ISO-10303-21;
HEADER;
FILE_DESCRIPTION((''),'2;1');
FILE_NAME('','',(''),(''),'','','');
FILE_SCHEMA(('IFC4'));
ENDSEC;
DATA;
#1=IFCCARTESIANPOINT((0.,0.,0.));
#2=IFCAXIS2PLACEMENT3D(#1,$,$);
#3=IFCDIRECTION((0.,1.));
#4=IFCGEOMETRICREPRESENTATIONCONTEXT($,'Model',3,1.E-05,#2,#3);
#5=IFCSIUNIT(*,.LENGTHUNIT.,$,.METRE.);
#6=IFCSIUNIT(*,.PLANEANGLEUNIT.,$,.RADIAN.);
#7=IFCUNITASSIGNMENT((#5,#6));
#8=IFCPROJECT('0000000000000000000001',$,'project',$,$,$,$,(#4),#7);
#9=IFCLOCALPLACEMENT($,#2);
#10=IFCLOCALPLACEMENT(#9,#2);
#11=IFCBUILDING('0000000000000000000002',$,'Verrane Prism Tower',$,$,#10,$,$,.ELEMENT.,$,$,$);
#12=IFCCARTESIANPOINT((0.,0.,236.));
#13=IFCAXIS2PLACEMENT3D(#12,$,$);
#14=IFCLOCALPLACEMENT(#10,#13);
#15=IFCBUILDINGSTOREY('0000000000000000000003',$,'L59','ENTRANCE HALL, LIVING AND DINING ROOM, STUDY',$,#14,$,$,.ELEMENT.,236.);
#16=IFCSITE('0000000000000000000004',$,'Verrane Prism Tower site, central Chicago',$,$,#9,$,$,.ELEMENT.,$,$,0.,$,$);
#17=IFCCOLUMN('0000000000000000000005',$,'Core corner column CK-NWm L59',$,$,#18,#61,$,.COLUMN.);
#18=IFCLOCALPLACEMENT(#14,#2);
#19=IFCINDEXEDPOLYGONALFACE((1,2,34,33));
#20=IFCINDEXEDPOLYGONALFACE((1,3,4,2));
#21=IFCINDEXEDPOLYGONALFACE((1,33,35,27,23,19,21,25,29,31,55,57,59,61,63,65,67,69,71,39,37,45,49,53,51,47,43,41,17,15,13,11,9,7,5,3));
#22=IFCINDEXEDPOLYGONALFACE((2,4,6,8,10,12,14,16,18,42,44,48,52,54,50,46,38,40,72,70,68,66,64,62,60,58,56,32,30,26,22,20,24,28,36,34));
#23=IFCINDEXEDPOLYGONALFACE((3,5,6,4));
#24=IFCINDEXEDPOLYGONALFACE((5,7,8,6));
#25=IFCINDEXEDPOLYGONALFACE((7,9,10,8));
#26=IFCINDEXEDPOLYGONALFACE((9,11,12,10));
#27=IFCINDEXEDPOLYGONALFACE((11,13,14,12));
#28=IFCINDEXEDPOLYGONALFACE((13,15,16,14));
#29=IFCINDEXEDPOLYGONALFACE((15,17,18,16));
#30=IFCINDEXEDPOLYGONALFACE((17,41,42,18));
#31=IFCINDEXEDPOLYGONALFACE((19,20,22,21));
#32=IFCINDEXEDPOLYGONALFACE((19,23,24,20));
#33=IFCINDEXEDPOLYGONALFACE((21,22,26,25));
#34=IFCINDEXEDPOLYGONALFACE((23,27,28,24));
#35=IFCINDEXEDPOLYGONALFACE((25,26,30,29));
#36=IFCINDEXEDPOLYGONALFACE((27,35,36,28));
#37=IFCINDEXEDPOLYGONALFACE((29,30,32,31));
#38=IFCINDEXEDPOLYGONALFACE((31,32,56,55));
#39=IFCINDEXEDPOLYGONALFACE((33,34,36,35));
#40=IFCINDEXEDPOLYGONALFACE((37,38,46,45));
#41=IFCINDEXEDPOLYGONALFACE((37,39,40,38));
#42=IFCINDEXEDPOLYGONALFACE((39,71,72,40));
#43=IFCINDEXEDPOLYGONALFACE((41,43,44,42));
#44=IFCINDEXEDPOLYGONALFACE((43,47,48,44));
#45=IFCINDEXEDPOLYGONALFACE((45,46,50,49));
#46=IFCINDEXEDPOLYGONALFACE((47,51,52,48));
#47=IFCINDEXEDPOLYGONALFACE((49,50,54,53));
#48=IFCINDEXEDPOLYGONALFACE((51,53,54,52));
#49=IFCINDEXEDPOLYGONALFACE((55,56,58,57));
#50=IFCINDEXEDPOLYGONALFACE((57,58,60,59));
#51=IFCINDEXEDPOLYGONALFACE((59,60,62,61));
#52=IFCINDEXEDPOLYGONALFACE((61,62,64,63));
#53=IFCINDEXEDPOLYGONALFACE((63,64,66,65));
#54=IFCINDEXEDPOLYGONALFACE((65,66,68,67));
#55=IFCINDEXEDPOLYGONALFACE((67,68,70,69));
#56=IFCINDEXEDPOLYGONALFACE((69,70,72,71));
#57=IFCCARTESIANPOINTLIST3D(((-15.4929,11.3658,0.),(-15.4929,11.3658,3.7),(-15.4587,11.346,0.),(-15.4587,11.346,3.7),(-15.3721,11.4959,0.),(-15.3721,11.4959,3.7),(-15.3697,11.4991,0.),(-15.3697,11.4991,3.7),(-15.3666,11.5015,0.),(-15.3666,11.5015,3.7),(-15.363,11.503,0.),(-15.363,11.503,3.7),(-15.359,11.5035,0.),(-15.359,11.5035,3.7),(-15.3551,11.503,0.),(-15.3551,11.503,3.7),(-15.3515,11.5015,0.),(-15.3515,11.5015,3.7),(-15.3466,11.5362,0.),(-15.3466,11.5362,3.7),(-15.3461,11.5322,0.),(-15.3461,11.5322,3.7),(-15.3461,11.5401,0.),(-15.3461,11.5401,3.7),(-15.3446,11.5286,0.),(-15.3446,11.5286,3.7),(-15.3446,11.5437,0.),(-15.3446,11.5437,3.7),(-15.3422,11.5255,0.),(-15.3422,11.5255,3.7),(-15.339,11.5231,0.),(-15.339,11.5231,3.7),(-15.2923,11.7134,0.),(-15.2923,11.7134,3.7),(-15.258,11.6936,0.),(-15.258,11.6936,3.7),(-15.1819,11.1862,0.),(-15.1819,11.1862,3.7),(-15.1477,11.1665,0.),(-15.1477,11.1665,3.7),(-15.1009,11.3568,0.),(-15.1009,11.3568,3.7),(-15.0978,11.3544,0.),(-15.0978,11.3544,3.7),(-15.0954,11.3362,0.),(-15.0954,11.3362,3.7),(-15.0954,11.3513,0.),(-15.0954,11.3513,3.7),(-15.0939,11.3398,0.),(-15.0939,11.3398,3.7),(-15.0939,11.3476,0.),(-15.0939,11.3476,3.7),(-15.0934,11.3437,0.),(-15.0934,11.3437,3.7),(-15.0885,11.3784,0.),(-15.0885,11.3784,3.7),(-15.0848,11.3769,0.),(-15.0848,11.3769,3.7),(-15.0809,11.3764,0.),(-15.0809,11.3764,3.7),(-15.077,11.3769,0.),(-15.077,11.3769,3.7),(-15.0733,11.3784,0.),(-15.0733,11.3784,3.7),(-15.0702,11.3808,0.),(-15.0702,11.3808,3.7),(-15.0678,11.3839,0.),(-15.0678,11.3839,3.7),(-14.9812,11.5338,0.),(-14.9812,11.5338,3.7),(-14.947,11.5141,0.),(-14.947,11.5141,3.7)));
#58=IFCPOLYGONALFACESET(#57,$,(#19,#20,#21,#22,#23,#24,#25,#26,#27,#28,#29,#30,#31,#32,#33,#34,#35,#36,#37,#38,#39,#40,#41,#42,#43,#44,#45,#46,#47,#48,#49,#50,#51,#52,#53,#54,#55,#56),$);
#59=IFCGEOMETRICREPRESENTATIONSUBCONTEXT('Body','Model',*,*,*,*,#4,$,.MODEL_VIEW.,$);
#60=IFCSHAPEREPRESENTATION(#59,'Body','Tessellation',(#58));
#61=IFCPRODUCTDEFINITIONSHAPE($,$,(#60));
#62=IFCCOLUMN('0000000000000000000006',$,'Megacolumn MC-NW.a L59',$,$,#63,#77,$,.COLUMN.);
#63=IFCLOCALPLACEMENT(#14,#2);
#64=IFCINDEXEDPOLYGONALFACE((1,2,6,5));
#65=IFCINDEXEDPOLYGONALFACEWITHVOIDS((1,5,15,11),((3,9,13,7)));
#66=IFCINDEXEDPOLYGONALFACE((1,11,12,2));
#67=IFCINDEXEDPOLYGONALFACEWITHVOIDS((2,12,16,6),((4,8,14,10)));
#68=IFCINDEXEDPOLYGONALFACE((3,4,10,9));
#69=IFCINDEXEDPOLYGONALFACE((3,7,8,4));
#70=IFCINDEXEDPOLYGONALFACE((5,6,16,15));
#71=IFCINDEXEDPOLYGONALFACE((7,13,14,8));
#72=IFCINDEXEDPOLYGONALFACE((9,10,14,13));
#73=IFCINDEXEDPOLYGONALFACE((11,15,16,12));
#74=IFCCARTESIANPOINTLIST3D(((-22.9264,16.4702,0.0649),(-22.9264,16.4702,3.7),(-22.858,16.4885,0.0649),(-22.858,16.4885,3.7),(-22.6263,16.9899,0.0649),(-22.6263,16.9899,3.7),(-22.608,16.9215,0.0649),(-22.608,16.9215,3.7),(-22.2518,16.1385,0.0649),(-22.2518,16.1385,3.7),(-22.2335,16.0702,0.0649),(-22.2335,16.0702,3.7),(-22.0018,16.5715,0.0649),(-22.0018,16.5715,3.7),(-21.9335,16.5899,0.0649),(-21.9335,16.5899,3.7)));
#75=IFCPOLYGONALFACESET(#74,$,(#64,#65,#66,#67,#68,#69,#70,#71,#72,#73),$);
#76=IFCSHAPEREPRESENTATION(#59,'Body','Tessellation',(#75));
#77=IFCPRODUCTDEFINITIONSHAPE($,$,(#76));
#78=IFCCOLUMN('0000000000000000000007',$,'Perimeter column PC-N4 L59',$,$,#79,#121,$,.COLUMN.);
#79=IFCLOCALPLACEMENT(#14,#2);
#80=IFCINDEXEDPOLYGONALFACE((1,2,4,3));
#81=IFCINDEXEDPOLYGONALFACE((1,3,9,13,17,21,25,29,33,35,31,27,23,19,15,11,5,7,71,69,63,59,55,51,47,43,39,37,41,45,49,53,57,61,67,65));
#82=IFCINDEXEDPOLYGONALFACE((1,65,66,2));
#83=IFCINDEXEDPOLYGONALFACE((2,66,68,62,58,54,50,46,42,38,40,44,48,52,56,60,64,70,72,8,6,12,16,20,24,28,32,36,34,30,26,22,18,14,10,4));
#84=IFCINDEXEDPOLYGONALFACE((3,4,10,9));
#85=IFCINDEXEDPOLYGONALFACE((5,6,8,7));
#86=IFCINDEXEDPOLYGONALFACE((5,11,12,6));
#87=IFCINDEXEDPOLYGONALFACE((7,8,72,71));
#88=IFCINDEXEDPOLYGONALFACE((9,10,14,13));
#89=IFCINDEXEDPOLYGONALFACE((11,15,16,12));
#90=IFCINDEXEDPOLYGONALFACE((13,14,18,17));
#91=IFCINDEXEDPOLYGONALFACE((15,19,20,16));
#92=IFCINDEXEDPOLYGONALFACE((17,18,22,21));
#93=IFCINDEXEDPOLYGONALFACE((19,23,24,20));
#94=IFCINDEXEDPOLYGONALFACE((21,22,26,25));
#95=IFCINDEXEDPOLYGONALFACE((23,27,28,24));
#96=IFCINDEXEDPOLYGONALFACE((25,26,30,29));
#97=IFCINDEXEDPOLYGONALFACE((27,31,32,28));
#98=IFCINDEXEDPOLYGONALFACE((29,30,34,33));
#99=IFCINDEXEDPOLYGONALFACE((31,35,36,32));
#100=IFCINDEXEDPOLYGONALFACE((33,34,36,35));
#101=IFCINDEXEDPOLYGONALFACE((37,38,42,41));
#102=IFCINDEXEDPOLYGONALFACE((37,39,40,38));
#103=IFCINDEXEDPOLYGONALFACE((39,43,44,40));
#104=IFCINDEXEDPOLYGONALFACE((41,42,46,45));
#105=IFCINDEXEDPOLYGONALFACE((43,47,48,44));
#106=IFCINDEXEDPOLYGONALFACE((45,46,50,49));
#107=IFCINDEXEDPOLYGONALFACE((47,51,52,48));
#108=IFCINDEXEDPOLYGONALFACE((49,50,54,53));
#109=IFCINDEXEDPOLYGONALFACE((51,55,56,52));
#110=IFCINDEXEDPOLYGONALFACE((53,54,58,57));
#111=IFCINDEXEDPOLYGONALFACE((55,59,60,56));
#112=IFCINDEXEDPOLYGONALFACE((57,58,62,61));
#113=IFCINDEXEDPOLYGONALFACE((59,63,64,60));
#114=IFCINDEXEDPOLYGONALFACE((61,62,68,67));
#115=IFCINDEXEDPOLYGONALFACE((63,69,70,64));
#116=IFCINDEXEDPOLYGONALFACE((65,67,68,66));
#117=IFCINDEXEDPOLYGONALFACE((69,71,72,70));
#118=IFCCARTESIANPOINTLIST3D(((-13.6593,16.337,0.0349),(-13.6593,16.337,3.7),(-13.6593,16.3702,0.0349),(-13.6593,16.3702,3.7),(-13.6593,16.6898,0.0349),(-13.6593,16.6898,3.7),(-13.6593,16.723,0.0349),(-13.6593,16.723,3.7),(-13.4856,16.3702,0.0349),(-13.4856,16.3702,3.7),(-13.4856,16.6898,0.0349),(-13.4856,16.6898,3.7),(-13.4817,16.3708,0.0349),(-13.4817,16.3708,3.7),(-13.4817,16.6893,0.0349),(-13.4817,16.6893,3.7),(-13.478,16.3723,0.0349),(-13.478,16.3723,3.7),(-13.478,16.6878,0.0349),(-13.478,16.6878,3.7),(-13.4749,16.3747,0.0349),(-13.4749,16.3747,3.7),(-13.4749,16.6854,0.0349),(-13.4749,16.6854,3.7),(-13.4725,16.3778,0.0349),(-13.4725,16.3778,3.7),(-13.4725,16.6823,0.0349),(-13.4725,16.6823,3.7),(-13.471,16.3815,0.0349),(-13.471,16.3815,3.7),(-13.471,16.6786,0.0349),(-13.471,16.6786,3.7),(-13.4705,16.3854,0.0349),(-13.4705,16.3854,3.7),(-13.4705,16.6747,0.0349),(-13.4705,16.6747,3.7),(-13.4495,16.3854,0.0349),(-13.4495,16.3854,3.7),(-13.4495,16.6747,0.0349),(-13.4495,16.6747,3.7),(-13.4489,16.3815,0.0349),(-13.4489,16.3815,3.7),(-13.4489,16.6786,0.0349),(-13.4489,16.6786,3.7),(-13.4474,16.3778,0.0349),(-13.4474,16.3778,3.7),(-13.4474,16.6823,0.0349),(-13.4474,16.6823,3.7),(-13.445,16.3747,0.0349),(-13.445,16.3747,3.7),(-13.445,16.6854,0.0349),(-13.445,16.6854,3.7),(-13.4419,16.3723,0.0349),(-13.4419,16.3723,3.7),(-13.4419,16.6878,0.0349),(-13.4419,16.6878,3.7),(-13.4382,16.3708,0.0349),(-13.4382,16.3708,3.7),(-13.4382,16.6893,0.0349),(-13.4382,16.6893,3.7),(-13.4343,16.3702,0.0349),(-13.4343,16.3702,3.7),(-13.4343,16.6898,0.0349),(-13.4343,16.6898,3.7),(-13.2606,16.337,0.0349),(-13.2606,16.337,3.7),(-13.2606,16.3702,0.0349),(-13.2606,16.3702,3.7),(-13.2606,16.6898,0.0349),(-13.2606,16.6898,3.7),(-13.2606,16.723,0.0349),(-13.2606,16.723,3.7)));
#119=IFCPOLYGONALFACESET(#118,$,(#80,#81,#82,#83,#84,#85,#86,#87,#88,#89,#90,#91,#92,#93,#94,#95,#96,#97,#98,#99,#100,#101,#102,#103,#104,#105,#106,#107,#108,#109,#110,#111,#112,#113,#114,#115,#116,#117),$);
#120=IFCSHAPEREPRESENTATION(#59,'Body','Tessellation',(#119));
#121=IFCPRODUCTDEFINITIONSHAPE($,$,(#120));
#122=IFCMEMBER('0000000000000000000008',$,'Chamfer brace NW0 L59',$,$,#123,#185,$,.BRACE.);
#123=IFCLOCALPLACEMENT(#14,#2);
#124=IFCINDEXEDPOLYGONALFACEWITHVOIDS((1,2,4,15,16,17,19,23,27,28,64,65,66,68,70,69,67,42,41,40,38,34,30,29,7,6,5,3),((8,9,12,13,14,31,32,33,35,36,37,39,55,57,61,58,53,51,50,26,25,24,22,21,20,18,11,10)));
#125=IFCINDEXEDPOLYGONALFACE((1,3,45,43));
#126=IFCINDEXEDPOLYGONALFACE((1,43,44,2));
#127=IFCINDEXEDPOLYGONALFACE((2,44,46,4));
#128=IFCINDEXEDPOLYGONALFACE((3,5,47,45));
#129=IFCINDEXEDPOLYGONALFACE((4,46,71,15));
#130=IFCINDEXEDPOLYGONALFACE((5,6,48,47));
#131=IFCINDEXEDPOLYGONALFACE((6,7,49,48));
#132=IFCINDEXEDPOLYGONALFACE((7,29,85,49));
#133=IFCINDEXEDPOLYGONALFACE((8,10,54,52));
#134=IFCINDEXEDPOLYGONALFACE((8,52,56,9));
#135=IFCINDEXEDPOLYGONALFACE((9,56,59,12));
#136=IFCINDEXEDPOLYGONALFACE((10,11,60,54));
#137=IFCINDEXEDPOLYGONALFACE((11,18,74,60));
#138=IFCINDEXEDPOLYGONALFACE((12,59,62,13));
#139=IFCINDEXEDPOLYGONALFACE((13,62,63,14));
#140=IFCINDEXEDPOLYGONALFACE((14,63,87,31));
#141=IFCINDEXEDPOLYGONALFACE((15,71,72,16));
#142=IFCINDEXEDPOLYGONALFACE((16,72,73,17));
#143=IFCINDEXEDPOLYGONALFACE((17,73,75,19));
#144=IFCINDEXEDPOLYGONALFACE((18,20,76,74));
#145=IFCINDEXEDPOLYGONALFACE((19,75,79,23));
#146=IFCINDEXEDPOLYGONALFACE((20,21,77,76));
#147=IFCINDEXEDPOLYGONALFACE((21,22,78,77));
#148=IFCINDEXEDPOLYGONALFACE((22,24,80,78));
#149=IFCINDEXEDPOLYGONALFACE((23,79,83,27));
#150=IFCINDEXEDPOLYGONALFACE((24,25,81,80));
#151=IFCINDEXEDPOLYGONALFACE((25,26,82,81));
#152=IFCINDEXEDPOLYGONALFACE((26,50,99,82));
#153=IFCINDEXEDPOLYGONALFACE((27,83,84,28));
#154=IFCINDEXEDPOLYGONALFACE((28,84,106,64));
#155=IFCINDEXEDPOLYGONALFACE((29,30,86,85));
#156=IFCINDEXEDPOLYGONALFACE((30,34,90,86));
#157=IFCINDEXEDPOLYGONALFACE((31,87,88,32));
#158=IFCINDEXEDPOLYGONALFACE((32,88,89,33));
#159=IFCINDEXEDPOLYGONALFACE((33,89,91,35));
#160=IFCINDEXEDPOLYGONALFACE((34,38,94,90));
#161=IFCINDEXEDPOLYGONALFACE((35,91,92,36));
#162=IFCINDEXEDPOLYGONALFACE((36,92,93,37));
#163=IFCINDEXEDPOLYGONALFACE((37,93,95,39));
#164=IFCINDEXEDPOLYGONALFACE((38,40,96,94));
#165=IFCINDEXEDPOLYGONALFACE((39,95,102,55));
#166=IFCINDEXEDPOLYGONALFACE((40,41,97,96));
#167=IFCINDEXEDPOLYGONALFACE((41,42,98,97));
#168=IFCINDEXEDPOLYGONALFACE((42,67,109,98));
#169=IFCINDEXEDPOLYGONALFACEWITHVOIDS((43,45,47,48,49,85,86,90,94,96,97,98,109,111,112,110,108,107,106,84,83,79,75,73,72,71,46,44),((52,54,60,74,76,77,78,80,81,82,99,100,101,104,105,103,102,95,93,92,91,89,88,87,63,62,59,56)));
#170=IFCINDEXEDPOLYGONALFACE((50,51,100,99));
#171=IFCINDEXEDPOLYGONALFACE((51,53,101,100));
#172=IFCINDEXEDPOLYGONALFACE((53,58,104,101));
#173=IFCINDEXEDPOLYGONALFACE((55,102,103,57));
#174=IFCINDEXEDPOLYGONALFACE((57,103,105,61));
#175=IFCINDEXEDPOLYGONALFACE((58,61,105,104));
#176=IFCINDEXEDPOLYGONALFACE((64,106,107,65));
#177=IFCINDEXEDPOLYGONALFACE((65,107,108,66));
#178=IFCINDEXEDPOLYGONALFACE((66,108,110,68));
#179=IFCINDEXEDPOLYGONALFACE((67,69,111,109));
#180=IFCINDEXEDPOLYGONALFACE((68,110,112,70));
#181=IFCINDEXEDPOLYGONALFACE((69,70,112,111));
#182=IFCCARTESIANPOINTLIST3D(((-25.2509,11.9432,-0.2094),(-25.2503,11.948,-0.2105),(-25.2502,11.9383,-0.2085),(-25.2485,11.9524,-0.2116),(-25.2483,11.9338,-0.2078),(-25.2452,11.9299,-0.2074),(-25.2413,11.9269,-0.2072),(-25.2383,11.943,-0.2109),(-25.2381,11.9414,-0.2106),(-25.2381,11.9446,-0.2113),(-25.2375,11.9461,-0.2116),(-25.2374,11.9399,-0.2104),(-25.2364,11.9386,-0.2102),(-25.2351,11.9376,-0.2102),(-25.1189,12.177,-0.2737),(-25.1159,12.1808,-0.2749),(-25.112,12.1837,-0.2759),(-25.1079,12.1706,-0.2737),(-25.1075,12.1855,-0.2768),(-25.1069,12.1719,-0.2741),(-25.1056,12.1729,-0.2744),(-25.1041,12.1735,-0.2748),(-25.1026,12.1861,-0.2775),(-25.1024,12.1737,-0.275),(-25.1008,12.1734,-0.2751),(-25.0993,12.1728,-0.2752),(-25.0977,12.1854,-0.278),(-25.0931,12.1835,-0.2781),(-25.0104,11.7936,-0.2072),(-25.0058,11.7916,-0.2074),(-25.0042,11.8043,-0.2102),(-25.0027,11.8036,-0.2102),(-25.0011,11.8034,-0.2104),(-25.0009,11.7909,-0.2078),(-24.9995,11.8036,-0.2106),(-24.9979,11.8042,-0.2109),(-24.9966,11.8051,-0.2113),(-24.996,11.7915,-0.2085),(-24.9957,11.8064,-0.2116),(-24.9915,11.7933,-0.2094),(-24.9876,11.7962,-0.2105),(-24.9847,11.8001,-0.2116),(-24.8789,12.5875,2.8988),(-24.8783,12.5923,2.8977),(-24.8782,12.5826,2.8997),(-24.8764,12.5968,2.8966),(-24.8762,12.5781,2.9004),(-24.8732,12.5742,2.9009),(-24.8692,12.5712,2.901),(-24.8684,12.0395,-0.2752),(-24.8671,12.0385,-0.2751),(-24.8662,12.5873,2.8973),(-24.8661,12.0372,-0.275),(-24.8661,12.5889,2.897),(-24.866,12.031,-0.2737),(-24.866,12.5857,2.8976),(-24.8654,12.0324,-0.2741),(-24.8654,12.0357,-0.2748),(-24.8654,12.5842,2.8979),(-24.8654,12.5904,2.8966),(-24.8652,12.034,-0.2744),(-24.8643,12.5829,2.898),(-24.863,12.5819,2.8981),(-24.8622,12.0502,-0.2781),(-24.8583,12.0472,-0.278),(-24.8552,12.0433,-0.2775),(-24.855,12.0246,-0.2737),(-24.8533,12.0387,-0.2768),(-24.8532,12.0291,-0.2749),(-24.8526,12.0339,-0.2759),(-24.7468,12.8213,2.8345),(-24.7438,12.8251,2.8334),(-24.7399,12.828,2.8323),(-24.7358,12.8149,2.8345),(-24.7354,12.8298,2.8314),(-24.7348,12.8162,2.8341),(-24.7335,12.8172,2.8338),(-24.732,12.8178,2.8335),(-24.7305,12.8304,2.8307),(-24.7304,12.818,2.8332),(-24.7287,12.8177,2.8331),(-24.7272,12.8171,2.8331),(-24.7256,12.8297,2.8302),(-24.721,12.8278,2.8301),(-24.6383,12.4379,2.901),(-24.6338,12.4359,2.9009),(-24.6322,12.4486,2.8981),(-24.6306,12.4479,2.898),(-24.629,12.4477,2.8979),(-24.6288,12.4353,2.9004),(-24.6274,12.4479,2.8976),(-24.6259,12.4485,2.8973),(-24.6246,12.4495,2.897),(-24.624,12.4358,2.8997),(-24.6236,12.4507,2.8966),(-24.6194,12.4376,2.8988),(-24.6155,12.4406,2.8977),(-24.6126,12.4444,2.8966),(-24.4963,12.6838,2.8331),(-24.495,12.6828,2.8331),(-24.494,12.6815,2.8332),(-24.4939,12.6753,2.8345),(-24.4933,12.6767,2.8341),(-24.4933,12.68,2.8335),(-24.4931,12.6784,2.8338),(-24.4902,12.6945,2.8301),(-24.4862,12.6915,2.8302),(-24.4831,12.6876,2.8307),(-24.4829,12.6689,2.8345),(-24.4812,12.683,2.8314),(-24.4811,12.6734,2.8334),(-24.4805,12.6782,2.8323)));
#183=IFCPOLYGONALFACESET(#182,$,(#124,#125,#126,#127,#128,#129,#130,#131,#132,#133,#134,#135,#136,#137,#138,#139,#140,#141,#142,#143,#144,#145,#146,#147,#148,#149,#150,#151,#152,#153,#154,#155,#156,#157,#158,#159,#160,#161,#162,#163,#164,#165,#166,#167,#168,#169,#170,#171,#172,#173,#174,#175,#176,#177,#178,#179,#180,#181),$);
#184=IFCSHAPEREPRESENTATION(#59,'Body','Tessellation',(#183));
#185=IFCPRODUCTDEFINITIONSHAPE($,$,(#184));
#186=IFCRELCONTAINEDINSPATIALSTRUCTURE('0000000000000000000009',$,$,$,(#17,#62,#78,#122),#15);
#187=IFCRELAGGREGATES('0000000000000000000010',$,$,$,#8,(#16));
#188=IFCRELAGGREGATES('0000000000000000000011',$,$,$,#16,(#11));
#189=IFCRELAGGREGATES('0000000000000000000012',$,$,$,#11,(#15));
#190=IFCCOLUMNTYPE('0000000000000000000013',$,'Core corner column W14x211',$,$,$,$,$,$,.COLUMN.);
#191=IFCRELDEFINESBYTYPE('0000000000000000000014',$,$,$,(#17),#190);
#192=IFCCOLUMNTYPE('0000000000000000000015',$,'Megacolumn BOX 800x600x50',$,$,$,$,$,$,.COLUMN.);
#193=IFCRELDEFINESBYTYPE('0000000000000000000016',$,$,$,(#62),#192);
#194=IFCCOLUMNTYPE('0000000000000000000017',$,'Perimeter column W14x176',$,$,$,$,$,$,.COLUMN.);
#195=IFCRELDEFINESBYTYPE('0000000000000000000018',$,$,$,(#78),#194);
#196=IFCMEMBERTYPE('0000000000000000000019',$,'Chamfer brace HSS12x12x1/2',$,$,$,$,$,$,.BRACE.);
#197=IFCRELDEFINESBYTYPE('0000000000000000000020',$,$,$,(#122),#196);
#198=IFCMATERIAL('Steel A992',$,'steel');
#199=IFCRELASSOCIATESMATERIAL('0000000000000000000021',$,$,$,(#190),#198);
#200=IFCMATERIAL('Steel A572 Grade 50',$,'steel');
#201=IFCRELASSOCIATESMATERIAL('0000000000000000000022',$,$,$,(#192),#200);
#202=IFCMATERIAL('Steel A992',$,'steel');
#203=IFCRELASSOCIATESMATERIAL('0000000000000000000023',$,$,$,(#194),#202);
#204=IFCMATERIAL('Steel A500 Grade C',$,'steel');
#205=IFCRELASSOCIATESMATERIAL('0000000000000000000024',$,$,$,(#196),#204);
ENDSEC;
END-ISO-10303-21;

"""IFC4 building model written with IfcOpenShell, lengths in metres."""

from ifc_helpers import new_model, si_unit, direction, frame, origin, origin_2d, place, context, subcontext, project, spatial, hollow_rectangle, i_section, extrude, material, material_profile, profile_set, type_object, element, save


model = new_model("IFC4")

# Units and contexts
model_context = context("Model", 3, precision=1e-05, world=origin(), true_north=direction((0.0, 1.0)))
body_context = subcontext(model_context, "Body", "Model", "MODEL_VIEW")
ifc_project = project(units=[si_unit("LENGTHUNIT", "METRE"), si_unit("PLANEANGLEUNIT", "RADIAN")], contexts=[model_context])

# Site, building, storey
site_placement = place(None, origin())
site = spatial("IfcSite", under=ifc_project, at=site_placement, Name="Verrane Prism Tower site, central Chicago", CompositionType="ELEMENT", RefElevation=0.0)
building_placement = place(site_placement, origin())
building = spatial("IfcBuilding", under=site, at=building_placement, Name="Verrane Prism Tower", CompositionType="ELEMENT")
storey_placement = place(building_placement, frame((0.0, 0.0, 236.0)))
storey = spatial("IfcBuildingStorey", under=building, at=storey_placement, Name="L59", Description="ENTRANCE HALL, LIVING AND DINING ROOM, STUDY", CompositionType="ELEMENT", Elevation=236.0)

# Columns
ifc_material_1 = material(Name="Steel A992", Category="steel")
ifc_material_profile_1 = material_profile(ifc_material_1, i_section(OverallWidth=0.4014, OverallDepth=0.3987, WebThickness=0.0249, FlangeThickness=0.0396, FilletRadius=0.0151, at=origin_2d()), Name="W14x211")
ifc_profile_set_1 = profile_set([ifc_material_profile_1], Name="Steel A992")
column_type_1 = type_object("IfcColumnType", Name="Core corner column W14x211", PredefinedType="COLUMN", material=ifc_profile_set_1)
column_1_placement = place(storey_placement, frame((-15.22, 11.4399, 0.0), z_axis=(0.0, 0.0, 1.0), x_axis=(0.5, 0.866025, 0.0)))
element("IfcColumn", 1, at=column_1_placement, inside=storey, type_object=column_type_1, Name="Core corner column CK-NWm L59", PredefinedType="COLUMN", context=body_context, shape_type="SweptSolid", body=[
    extrude(i_section(OverallWidth=0.4014, OverallDepth=0.3987, WebThickness=0.0249, FlangeThickness=0.0396, FilletRadius=0.0151, at=origin_2d()), origin(), (0.0, 0.0, 1.0), 3.7),
])
ifc_material_2 = material(Name="Steel A572 Grade 50", Category="steel")
ifc_material_profile_2 = material_profile(ifc_material_2, hollow_rectangle(XDim=0.6001, YDim=0.8, WallThickness=0.05, at=origin_2d()), Name="BOX 800x600x50")
ifc_profile_set_2 = profile_set([ifc_material_profile_2], Name="Steel A572 Grade 50")
column_type_2 = type_object("IfcColumnType", Name="Megacolumn BOX 800x600x50", PredefinedType="COLUMN", material=ifc_profile_set_2)
column_2_placement = place(storey_placement, frame((-22.4299, 16.53, 0.0649), z_axis=(0.0, 0.0, 1.0), x_axis=(0.5, 0.866025, 0.0)))
element("IfcColumn", 2, at=column_2_placement, inside=storey, type_object=column_type_2, Name="Megacolumn MC-NW.a L59", PredefinedType="COLUMN", context=body_context, shape_type="SweptSolid", body=[
    extrude(hollow_rectangle(XDim=0.6001, YDim=0.8, WallThickness=0.05, at=origin_2d()), origin(), (0.0, 0.0, 1.0), 3.635),
])
ifc_material_3 = material(Name="Steel A992", Category="steel")
ifc_material_profile_3 = material_profile(ifc_material_3, i_section(OverallWidth=0.3987, OverallDepth=0.386, WebThickness=0.021, FlangeThickness=0.0332, FilletRadius=0.0151, at=origin_2d()), Name="W14x176")
ifc_profile_set_3 = profile_set([ifc_material_profile_3], Name="Steel A992")
column_type_3 = type_object("IfcColumnType", Name="Perimeter column W14x176", PredefinedType="COLUMN", material=ifc_profile_set_3)
column_3_placement = place(storey_placement, frame((-13.46, 16.53, 0.0349), z_axis=(0.0, 0.0, 1.0), x_axis=(1.0, 0.0, 0.0)))
element("IfcColumn", 3, at=column_3_placement, inside=storey, type_object=column_type_3, Name="Perimeter column PC-N4 L59", PredefinedType="COLUMN", context=body_context, shape_type="SweptSolid", body=[
    extrude(i_section(OverallWidth=0.3987, OverallDepth=0.386, WebThickness=0.021, FlangeThickness=0.0332, FilletRadius=0.0151, at=origin_2d()), origin(), (0.0, 0.0, 1.0), 3.665),
])

# Member
ifc_material_4 = material(Name="Steel A500 Grade C", Category="steel")
ifc_material_profile_4 = material_profile(ifc_material_4, hollow_rectangle(XDim=0.3047, YDim=0.3047, WallThickness=0.0127, InnerFilletRadius=0.0063, OuterFilletRadius=0.019, at=origin_2d()), Name="HSS12x12x1/2")
ifc_profile_set_4 = profile_set([ifc_material_profile_4], Name="Steel A500 Grade C")
member_type_1 = type_object("IfcMemberType", Name="Chamfer brace HSS12x12x1/2", PredefinedType="BRACE", material=ifc_profile_set_4)
member_1_placement = place(storey_placement, frame((-25.0518, 11.9885, -0.2427), z_axis=(0.116419, 0.201594, 0.972526), x_axis=(-0.865972, 0.500092, 0.0)))
element("IfcMember", 4, at=member_1_placement, inside=storey, type_object=member_type_1, Name="Chamfer brace NW0 L59", PredefinedType="BRACE", context=body_context, shape_type="SweptSolid", body=[
    extrude(hollow_rectangle(XDim=0.3047, YDim=0.3047, WallThickness=0.0127, InnerFilletRadius=0.0063, OuterFilletRadius=0.019, at=origin_2d()), origin(), (0.0, 0.0, 1.0), 3.196),
])

save(model, "model.ifc")
